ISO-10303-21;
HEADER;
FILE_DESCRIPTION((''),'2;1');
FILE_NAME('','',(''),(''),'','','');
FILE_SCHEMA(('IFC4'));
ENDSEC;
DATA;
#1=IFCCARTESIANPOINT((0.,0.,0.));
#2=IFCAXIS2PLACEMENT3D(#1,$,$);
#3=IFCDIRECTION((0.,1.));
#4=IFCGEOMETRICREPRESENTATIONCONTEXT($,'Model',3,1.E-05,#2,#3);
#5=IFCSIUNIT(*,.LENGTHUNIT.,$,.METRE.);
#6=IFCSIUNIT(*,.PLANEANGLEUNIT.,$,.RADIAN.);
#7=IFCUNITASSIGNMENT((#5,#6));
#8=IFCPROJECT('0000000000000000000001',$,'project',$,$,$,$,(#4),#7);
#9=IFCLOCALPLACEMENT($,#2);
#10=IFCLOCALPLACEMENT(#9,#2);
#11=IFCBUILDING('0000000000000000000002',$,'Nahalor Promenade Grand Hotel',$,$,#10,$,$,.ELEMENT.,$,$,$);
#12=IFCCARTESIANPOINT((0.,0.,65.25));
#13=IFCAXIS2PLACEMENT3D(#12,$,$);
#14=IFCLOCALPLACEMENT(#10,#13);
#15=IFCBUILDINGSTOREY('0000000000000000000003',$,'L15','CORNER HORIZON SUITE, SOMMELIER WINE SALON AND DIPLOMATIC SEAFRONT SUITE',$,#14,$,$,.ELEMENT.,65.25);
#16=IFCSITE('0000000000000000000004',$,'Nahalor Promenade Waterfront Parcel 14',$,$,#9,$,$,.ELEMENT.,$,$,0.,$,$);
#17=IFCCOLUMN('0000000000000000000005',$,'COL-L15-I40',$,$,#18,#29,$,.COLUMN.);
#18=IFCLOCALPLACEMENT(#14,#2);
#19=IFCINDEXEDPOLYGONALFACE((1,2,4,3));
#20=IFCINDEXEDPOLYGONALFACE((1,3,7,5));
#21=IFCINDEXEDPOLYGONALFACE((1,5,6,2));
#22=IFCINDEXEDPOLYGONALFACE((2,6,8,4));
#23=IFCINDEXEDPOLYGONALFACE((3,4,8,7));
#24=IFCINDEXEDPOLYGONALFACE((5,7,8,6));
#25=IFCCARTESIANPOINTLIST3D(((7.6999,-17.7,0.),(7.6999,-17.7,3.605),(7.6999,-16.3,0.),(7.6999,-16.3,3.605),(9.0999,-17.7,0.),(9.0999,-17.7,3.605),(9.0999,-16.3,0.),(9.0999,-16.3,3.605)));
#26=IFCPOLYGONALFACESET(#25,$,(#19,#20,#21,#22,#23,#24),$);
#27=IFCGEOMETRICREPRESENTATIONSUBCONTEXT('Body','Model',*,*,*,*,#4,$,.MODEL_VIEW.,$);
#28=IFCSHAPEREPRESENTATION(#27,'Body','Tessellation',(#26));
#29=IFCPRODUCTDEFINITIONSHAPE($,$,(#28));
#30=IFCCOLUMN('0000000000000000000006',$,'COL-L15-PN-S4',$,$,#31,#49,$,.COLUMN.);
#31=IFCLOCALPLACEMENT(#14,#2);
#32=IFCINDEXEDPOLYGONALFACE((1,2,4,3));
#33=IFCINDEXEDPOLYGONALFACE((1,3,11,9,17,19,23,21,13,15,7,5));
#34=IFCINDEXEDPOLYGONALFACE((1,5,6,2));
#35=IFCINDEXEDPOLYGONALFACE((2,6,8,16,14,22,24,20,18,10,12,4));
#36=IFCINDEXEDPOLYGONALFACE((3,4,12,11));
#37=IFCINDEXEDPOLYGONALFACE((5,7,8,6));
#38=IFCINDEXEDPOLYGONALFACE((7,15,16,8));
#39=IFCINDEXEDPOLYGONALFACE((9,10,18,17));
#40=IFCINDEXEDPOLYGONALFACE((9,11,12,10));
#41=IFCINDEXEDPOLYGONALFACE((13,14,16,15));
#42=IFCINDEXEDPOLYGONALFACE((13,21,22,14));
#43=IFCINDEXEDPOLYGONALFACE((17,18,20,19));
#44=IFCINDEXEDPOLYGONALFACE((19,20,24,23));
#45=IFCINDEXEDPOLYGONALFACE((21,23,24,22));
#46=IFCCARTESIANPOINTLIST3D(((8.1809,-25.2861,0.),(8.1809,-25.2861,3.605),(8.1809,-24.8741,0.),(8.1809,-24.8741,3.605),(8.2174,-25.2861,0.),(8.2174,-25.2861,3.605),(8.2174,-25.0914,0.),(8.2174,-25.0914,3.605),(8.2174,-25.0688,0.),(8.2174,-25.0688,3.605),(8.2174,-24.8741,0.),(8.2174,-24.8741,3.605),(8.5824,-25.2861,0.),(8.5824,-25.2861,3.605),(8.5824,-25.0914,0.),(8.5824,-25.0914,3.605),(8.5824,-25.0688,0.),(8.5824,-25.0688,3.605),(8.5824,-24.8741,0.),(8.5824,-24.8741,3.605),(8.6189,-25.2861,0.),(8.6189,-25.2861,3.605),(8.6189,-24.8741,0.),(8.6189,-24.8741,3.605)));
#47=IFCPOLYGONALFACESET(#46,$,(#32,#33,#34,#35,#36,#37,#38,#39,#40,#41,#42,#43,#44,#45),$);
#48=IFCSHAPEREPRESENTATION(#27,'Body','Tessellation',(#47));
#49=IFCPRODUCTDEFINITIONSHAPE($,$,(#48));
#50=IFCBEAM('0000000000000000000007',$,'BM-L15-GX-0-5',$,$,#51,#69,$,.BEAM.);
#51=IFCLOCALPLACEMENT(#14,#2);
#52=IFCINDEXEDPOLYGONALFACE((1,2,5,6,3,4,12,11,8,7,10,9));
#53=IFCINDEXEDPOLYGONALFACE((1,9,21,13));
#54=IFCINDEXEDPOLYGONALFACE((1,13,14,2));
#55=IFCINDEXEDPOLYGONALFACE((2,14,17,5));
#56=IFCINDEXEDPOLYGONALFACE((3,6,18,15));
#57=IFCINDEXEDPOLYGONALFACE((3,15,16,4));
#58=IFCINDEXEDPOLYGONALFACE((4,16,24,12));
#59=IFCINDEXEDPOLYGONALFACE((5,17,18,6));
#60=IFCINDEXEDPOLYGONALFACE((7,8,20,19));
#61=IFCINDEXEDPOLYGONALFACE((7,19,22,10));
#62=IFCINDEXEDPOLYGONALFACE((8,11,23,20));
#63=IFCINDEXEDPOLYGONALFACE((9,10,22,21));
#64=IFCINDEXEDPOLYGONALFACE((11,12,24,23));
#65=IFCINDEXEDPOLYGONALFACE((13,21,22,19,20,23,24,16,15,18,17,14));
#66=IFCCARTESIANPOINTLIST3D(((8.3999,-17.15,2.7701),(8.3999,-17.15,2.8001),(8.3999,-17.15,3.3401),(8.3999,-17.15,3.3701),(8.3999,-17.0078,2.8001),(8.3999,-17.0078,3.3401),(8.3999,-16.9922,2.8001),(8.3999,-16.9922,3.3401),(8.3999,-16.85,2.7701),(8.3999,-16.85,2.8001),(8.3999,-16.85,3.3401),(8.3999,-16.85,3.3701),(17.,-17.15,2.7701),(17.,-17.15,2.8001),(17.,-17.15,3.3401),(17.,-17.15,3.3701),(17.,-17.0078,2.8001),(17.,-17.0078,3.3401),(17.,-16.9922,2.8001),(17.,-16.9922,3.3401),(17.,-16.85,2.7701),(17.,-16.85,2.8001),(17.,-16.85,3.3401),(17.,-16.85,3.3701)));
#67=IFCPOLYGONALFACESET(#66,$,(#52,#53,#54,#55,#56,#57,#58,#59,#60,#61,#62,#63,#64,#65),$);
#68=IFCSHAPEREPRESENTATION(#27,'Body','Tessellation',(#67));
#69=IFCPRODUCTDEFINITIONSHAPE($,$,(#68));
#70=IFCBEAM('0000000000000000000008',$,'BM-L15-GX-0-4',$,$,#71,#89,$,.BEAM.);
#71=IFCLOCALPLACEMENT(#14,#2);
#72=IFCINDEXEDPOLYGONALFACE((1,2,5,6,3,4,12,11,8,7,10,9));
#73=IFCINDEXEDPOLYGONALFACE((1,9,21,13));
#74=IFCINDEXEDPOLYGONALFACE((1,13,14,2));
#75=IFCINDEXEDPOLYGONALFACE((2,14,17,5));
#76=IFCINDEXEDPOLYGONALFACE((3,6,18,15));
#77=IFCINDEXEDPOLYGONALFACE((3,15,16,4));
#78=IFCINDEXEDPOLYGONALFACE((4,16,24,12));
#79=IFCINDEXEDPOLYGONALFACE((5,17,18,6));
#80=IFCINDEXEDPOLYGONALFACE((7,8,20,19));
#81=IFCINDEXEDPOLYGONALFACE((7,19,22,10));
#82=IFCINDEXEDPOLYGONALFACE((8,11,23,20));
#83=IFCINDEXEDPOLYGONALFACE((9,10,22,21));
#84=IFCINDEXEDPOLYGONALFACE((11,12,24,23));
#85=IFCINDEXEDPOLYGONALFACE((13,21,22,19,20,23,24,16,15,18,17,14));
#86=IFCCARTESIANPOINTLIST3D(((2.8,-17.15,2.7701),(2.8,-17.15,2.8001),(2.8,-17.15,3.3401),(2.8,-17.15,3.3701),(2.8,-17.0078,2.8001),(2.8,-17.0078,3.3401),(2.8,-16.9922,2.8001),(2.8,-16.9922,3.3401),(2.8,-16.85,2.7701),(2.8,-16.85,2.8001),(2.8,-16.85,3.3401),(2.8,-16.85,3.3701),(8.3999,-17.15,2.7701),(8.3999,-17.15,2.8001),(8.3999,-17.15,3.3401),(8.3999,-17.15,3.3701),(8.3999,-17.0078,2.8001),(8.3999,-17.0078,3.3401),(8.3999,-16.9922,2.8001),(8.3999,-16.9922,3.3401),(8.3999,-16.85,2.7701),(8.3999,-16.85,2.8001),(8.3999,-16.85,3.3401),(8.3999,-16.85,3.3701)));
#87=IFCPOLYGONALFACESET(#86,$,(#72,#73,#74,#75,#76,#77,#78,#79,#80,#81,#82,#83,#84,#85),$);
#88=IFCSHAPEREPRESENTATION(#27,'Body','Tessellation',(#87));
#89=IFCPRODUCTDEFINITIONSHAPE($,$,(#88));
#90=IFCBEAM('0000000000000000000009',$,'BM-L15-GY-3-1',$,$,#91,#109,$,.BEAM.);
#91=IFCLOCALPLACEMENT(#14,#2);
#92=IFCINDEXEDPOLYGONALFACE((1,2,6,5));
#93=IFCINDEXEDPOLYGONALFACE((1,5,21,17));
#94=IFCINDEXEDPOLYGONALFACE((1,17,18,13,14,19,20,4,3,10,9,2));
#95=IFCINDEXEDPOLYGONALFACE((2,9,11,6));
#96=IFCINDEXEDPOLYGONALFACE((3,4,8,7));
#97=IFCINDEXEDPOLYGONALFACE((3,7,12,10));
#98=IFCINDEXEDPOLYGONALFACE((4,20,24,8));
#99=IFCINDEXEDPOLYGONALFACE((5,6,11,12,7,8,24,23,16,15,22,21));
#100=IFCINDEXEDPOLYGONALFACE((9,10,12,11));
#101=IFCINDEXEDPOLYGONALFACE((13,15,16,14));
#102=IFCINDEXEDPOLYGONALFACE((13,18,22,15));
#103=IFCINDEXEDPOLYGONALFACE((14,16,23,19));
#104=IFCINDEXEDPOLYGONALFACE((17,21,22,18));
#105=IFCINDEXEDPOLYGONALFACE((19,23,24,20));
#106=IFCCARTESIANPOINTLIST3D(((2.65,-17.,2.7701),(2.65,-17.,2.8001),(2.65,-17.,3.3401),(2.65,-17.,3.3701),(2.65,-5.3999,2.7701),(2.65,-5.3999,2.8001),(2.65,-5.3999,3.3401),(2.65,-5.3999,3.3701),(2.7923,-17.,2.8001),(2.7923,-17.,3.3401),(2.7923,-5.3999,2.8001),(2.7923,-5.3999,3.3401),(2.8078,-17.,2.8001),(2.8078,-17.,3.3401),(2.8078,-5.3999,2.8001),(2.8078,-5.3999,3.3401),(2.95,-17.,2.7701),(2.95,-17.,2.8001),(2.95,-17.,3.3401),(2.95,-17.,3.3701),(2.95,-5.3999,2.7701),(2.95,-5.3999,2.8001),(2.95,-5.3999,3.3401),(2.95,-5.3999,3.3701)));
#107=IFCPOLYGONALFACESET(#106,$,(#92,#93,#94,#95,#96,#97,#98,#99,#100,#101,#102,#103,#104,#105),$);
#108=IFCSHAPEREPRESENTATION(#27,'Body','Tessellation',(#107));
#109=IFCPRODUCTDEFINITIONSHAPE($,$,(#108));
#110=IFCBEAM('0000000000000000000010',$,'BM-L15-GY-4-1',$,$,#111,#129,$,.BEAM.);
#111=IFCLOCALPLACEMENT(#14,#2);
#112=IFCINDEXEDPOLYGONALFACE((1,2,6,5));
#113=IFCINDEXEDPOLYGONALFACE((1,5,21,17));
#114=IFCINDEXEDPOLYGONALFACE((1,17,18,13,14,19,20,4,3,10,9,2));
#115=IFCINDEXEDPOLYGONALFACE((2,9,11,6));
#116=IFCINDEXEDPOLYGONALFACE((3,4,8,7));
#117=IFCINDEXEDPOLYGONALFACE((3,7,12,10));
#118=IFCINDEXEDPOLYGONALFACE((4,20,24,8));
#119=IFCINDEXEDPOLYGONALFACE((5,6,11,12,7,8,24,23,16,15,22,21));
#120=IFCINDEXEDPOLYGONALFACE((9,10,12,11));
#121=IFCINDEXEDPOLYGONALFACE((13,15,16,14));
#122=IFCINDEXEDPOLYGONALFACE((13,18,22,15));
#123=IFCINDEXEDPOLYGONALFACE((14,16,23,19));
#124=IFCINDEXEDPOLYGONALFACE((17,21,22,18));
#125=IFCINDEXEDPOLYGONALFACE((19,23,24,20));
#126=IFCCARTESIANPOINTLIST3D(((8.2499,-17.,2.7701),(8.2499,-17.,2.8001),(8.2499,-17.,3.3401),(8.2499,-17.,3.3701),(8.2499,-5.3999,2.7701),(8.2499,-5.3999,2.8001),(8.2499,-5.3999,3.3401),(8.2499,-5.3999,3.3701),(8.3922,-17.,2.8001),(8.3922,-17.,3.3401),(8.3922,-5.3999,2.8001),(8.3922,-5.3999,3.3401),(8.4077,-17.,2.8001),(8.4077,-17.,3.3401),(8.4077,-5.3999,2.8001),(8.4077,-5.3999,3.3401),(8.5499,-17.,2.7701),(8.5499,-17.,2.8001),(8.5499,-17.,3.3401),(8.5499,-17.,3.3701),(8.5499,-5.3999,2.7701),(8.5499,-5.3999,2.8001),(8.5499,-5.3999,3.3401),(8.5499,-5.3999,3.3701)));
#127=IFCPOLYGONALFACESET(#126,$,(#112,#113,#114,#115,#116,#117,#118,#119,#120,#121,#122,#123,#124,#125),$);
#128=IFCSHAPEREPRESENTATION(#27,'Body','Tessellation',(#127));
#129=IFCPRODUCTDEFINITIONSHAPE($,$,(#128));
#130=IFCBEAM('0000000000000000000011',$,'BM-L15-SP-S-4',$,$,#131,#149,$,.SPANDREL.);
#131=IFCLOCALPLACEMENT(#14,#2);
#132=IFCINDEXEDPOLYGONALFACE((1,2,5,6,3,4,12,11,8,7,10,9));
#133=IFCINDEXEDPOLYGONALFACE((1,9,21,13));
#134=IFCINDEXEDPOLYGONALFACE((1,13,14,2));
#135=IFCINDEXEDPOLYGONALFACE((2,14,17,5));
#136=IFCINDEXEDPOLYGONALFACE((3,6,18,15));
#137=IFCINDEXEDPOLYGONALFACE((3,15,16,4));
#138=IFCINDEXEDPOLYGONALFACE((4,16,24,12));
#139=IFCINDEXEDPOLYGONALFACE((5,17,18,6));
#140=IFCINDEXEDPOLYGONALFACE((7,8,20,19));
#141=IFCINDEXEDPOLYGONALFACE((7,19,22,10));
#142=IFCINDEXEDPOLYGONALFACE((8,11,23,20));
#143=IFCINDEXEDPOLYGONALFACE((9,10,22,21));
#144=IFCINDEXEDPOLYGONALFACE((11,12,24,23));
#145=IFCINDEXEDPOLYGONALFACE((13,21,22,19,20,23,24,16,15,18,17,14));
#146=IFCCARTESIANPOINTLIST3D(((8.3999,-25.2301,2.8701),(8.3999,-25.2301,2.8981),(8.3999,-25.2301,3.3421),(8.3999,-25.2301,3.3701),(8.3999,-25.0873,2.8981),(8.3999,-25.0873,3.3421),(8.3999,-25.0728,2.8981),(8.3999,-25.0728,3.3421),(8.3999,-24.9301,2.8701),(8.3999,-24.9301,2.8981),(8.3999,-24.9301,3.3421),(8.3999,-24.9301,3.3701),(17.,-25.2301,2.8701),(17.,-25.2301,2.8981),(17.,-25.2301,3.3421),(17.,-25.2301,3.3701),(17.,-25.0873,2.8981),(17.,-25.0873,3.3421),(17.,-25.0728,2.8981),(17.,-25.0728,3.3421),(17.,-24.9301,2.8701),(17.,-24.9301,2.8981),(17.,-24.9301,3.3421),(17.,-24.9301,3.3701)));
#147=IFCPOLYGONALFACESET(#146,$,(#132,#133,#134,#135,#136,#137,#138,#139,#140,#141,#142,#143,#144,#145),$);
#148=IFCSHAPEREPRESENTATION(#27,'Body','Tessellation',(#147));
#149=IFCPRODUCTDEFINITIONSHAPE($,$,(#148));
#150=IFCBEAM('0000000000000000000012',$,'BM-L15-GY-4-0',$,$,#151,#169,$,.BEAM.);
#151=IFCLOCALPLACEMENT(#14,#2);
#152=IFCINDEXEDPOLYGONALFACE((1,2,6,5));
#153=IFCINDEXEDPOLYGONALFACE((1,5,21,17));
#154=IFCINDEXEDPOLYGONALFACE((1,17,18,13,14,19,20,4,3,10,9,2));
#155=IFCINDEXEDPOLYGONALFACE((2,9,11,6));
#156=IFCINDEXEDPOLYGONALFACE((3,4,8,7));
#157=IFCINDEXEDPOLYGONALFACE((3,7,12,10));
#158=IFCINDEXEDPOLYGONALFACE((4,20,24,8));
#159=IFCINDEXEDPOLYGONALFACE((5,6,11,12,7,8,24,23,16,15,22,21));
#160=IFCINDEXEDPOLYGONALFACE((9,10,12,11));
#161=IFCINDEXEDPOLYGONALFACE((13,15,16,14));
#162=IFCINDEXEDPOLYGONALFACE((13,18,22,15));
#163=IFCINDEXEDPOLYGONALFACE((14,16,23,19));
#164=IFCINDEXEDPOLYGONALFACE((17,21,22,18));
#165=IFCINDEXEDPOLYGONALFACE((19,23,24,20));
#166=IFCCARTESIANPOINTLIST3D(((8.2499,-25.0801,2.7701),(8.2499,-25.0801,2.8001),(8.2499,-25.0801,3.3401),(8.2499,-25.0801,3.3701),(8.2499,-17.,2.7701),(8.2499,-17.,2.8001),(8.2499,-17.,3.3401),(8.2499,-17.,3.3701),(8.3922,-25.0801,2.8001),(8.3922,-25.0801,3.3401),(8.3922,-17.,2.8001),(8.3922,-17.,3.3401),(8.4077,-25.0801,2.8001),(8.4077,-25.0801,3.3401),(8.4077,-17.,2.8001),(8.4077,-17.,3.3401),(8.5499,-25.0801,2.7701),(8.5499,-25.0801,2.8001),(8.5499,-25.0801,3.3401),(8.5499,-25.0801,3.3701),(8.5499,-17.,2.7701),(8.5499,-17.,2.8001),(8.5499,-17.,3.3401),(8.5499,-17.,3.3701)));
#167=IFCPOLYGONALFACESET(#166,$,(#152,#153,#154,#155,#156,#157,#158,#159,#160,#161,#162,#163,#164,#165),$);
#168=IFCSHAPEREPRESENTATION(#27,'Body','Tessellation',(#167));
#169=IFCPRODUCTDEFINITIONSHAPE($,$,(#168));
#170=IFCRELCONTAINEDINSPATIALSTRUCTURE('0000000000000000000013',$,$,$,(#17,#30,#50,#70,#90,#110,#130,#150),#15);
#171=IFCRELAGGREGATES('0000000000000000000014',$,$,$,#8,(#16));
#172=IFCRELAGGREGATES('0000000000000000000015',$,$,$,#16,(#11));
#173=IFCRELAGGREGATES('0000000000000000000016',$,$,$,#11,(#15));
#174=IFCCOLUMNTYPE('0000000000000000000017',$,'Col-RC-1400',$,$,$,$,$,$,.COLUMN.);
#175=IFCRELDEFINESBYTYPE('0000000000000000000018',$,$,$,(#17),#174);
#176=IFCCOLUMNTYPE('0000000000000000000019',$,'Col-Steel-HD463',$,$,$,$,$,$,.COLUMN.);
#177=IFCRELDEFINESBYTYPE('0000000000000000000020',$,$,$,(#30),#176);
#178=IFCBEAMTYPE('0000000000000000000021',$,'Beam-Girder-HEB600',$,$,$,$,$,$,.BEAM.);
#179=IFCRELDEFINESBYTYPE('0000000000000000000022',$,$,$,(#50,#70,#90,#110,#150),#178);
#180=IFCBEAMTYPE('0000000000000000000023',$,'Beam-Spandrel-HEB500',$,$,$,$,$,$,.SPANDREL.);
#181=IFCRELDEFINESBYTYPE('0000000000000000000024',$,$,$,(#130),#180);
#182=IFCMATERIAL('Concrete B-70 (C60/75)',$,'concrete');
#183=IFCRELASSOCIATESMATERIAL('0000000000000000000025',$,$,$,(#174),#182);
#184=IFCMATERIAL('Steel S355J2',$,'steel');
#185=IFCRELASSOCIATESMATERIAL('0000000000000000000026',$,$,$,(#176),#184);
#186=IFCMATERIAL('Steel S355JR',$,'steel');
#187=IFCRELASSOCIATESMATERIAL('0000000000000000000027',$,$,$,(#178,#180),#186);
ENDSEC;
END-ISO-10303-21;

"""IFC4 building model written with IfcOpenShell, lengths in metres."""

from ifc_helpers import new_model, si_unit, direction, frame, origin, origin_2d, place, context, subcontext, project, spatial, rectangle, i_section, extrude, source, transform, mapped, material, material_profile, profile_set, type_object, element, save


model = new_model("IFC4")

# Units and contexts
model_context = context("Model", 3, precision=1e-05, world=origin(), true_north=direction((0.0, 1.0)))
body_context = subcontext(model_context, "Body", "Model", "MODEL_VIEW")
ifc_project = project(units=[si_unit("LENGTHUNIT", "METRE"), si_unit("PLANEANGLEUNIT", "RADIAN")], contexts=[model_context])

# Site, building, storey
site_placement = place(None, origin())
site = spatial("IfcSite", under=ifc_project, at=site_placement, Name="Nahalor Promenade Waterfront Parcel 14", CompositionType="ELEMENT", RefElevation=0.0)
building_placement = place(site_placement, origin())
building = spatial("IfcBuilding", under=site, at=building_placement, Name="Nahalor Promenade Grand Hotel", CompositionType="ELEMENT")
storey_placement = place(building_placement, frame((0.0, 0.0, 65.25)))
storey = spatial("IfcBuildingStorey", under=building, at=storey_placement, Name="L15", Description="CORNER HORIZON SUITE, SOMMELIER WINE SALON AND DIPLOMATIC SEAFRONT SUITE", CompositionType="ELEMENT", Elevation=65.25)

# Columns
ifc_material_1 = material(Name="Concrete B-70 (C60/75)", Category="concrete")
ifc_material_profile_1 = material_profile(ifc_material_1, rectangle(XDim=1.4, YDim=1.4, at=origin_2d()), Name="RC 1400x1400")
ifc_profile_set_1 = profile_set([ifc_material_profile_1], Name="Concrete B-70 (C60/75)")
column_type_1 = type_object("IfcColumnType", Name="Col-RC-1400", PredefinedType="COLUMN", material=ifc_profile_set_1)
shared_shape_1 = source(origin(), body_context, "Body", "SweptSolid", [
    extrude(rectangle(XDim=1.4, YDim=1.4, at=origin_2d()), origin(), (0.0, 0.0, 1.0), 3.605),
])
column_1_placement = place(storey_placement, frame((8.3999, -17.0, 0.0), z_axis=(0.0, 0.0, 1.0), x_axis=(1.0, 0.0, 0.0)))
element("IfcColumn", 1, at=column_1_placement, inside=storey, type_object=column_type_1, Name="COL-L15-I40", PredefinedType="COLUMN", context=body_context, shape_type="MappedRepresentation", body=[
    mapped(shared_shape_1, transform((0.0, 0.0, 0.0), scale=1.0)),
])
ifc_material_2 = material(Name="Steel S355J2", Category="steel")
ifc_material_profile_2 = material_profile(ifc_material_2, i_section(OverallWidth=0.412, OverallDepth=0.438, WebThickness=0.0226, FlangeThickness=0.0365, at=origin_2d()), Name="HD 400x463")
ifc_profile_set_2 = profile_set([ifc_material_profile_2], Name="Steel S355J2")
column_type_2 = type_object("IfcColumnType", Name="Col-Steel-HD463", PredefinedType="COLUMN", material=ifc_profile_set_2)
shared_shape_2 = source(origin(), body_context, "Body", "SweptSolid", [
    extrude(i_section(OverallWidth=0.412, OverallDepth=0.438, WebThickness=0.0226, FlangeThickness=0.0365, at=origin_2d()), origin(), (0.0, 0.0, 1.0), 3.605),
])
column_2_placement = place(storey_placement, frame((8.3999, -25.0801, 0.0), z_axis=(0.0, 0.0, 1.0), x_axis=(0.0, 1.0, 0.0)))
element("IfcColumn", 2, at=column_2_placement, inside=storey, type_object=column_type_2, Name="COL-L15-PN-S4", PredefinedType="COLUMN", context=body_context, shape_type="MappedRepresentation", body=[
    mapped(shared_shape_2, transform((0.0, 0.0, 0.0), scale=1.0)),
])

# Beams
ifc_material_3 = material(Name="Steel S355JR", Category="steel")
ifc_material_profile_3 = material_profile(ifc_material_3, i_section(OverallWidth=0.3, OverallDepth=0.6, WebThickness=0.0155, FlangeThickness=0.03, at=origin_2d()), Name="HEB 600")
ifc_profile_set_3 = profile_set([ifc_material_profile_3], Name="Steel S355JR")
beam_type_1 = type_object("IfcBeamType", Name="Beam-Girder-HEB600", PredefinedType="BEAM", material=ifc_profile_set_3)
shared_shape_3 = source(origin(), body_context, "Body", "SweptSolid", [
    extrude(i_section(OverallWidth=0.3, OverallDepth=0.6, WebThickness=0.0155, FlangeThickness=0.03, at=origin_2d()), origin(), (0.0, 0.0, 1.0), 8.6001),
])
beam_1_placement = place(storey_placement, frame((8.3999, -17.0, 3.0701), z_axis=(1.0, 0.0, 0.0), x_axis=(0.0, 1.0, 0.0)))
element("IfcBeam", 3, at=beam_1_placement, inside=storey, type_object=beam_type_1, Name="BM-L15-GX-0-5", PredefinedType="BEAM", context=body_context, shape_type="MappedRepresentation", body=[
    mapped(shared_shape_3, transform((0.0, 0.0, 0.0), scale=1.0)),
])
shared_shape_4 = source(origin(), body_context, "Body", "SweptSolid", [
    extrude(i_section(OverallWidth=0.3, OverallDepth=0.6, WebThickness=0.0155, FlangeThickness=0.03, at=origin_2d()), origin(), (0.0, 0.0, 1.0), 5.5999),
])
beam_2_placement = place(storey_placement, frame((2.8, -17.0, 3.0701), z_axis=(1.0, 0.0, 0.0), x_axis=(0.0, 1.0, 0.0)))
element("IfcBeam", 4, at=beam_2_placement, inside=storey, type_object=beam_type_1, Name="BM-L15-GX-0-4", PredefinedType="BEAM", context=body_context, shape_type="MappedRepresentation", body=[
    mapped(shared_shape_4, transform((0.0, 0.0, 0.0), scale=1.0)),
])
shared_shape_5 = source(origin(), body_context, "Body", "SweptSolid", [
    extrude(i_section(OverallWidth=0.3, OverallDepth=0.6, WebThickness=0.0155, FlangeThickness=0.03, at=origin_2d()), origin(), (0.0, 0.0, 1.0), 11.6001),
])
for number, where, z_axis, x_axis, name in (
    (5, (2.8, -17.0, 3.0701), (0.0, 1.0, 0.0), (-1.0, 0.0, 0.0), "BM-L15-GY-3-1"),
    (6, (8.3999, -17.0, 3.0701), (0.0, 1.0, 0.0), (-1.0, 0.0, 0.0), "BM-L15-GY-4-1"),
):
    element("IfcBeam", number, at=place(storey_placement, frame(where, z_axis=z_axis, x_axis=x_axis)), inside=storey, type_object=beam_type_1, Name=name, PredefinedType="BEAM", context=body_context, shape_type="MappedRepresentation", body=[
        mapped(shared_shape_5, transform((0.0, 0.0, 0.0), scale=1.0)),
    ])
ifc_material_profile_4 = material_profile(ifc_material_3, i_section(OverallWidth=0.3, OverallDepth=0.5, WebThickness=0.0145, FlangeThickness=0.028, at=origin_2d()), Name="HEB 500")
ifc_profile_set_4 = profile_set([ifc_material_profile_4], Name="Steel S355JR")
beam_type_2 = type_object("IfcBeamType", Name="Beam-Spandrel-HEB500", PredefinedType="SPANDREL", material=ifc_profile_set_4)
shared_shape_6 = source(origin(), body_context, "Body", "SweptSolid", [
    extrude(i_section(OverallWidth=0.3, OverallDepth=0.5, WebThickness=0.0145, FlangeThickness=0.028, at=origin_2d()), origin(), (0.0, 0.0, 1.0), 8.6001),
])
beam_3_placement = place(storey_placement, frame((8.3999, -25.0801, 3.1201), z_axis=(1.0, 0.0, 0.0), x_axis=(0.0, 1.0, 0.0)))
element("IfcBeam", 7, at=beam_3_placement, inside=storey, type_object=beam_type_2, Name="BM-L15-SP-S-4", PredefinedType="SPANDREL", context=body_context, shape_type="MappedRepresentation", body=[
    mapped(shared_shape_6, transform((0.0, 0.0, 0.0), scale=1.0)),
])
shared_shape_7 = source(origin(), body_context, "Body", "SweptSolid", [
    extrude(i_section(OverallWidth=0.3, OverallDepth=0.6, WebThickness=0.0155, FlangeThickness=0.03, at=origin_2d()), origin(), (0.0, 0.0, 1.0), 8.0801),
])
beam_4_placement = place(storey_placement, frame((8.3999, -25.0801, 3.0701), z_axis=(0.0, 1.0, 0.0), x_axis=(-1.0, 0.0, 0.0)))
element("IfcBeam", 8, at=beam_4_placement, inside=storey, type_object=beam_type_1, Name="BM-L15-GY-4-0", PredefinedType="BEAM", context=body_context, shape_type="MappedRepresentation", body=[
    mapped(shared_shape_7, transform((0.0, 0.0, 0.0), scale=1.0)),
])

save(model, "model.ifc")
